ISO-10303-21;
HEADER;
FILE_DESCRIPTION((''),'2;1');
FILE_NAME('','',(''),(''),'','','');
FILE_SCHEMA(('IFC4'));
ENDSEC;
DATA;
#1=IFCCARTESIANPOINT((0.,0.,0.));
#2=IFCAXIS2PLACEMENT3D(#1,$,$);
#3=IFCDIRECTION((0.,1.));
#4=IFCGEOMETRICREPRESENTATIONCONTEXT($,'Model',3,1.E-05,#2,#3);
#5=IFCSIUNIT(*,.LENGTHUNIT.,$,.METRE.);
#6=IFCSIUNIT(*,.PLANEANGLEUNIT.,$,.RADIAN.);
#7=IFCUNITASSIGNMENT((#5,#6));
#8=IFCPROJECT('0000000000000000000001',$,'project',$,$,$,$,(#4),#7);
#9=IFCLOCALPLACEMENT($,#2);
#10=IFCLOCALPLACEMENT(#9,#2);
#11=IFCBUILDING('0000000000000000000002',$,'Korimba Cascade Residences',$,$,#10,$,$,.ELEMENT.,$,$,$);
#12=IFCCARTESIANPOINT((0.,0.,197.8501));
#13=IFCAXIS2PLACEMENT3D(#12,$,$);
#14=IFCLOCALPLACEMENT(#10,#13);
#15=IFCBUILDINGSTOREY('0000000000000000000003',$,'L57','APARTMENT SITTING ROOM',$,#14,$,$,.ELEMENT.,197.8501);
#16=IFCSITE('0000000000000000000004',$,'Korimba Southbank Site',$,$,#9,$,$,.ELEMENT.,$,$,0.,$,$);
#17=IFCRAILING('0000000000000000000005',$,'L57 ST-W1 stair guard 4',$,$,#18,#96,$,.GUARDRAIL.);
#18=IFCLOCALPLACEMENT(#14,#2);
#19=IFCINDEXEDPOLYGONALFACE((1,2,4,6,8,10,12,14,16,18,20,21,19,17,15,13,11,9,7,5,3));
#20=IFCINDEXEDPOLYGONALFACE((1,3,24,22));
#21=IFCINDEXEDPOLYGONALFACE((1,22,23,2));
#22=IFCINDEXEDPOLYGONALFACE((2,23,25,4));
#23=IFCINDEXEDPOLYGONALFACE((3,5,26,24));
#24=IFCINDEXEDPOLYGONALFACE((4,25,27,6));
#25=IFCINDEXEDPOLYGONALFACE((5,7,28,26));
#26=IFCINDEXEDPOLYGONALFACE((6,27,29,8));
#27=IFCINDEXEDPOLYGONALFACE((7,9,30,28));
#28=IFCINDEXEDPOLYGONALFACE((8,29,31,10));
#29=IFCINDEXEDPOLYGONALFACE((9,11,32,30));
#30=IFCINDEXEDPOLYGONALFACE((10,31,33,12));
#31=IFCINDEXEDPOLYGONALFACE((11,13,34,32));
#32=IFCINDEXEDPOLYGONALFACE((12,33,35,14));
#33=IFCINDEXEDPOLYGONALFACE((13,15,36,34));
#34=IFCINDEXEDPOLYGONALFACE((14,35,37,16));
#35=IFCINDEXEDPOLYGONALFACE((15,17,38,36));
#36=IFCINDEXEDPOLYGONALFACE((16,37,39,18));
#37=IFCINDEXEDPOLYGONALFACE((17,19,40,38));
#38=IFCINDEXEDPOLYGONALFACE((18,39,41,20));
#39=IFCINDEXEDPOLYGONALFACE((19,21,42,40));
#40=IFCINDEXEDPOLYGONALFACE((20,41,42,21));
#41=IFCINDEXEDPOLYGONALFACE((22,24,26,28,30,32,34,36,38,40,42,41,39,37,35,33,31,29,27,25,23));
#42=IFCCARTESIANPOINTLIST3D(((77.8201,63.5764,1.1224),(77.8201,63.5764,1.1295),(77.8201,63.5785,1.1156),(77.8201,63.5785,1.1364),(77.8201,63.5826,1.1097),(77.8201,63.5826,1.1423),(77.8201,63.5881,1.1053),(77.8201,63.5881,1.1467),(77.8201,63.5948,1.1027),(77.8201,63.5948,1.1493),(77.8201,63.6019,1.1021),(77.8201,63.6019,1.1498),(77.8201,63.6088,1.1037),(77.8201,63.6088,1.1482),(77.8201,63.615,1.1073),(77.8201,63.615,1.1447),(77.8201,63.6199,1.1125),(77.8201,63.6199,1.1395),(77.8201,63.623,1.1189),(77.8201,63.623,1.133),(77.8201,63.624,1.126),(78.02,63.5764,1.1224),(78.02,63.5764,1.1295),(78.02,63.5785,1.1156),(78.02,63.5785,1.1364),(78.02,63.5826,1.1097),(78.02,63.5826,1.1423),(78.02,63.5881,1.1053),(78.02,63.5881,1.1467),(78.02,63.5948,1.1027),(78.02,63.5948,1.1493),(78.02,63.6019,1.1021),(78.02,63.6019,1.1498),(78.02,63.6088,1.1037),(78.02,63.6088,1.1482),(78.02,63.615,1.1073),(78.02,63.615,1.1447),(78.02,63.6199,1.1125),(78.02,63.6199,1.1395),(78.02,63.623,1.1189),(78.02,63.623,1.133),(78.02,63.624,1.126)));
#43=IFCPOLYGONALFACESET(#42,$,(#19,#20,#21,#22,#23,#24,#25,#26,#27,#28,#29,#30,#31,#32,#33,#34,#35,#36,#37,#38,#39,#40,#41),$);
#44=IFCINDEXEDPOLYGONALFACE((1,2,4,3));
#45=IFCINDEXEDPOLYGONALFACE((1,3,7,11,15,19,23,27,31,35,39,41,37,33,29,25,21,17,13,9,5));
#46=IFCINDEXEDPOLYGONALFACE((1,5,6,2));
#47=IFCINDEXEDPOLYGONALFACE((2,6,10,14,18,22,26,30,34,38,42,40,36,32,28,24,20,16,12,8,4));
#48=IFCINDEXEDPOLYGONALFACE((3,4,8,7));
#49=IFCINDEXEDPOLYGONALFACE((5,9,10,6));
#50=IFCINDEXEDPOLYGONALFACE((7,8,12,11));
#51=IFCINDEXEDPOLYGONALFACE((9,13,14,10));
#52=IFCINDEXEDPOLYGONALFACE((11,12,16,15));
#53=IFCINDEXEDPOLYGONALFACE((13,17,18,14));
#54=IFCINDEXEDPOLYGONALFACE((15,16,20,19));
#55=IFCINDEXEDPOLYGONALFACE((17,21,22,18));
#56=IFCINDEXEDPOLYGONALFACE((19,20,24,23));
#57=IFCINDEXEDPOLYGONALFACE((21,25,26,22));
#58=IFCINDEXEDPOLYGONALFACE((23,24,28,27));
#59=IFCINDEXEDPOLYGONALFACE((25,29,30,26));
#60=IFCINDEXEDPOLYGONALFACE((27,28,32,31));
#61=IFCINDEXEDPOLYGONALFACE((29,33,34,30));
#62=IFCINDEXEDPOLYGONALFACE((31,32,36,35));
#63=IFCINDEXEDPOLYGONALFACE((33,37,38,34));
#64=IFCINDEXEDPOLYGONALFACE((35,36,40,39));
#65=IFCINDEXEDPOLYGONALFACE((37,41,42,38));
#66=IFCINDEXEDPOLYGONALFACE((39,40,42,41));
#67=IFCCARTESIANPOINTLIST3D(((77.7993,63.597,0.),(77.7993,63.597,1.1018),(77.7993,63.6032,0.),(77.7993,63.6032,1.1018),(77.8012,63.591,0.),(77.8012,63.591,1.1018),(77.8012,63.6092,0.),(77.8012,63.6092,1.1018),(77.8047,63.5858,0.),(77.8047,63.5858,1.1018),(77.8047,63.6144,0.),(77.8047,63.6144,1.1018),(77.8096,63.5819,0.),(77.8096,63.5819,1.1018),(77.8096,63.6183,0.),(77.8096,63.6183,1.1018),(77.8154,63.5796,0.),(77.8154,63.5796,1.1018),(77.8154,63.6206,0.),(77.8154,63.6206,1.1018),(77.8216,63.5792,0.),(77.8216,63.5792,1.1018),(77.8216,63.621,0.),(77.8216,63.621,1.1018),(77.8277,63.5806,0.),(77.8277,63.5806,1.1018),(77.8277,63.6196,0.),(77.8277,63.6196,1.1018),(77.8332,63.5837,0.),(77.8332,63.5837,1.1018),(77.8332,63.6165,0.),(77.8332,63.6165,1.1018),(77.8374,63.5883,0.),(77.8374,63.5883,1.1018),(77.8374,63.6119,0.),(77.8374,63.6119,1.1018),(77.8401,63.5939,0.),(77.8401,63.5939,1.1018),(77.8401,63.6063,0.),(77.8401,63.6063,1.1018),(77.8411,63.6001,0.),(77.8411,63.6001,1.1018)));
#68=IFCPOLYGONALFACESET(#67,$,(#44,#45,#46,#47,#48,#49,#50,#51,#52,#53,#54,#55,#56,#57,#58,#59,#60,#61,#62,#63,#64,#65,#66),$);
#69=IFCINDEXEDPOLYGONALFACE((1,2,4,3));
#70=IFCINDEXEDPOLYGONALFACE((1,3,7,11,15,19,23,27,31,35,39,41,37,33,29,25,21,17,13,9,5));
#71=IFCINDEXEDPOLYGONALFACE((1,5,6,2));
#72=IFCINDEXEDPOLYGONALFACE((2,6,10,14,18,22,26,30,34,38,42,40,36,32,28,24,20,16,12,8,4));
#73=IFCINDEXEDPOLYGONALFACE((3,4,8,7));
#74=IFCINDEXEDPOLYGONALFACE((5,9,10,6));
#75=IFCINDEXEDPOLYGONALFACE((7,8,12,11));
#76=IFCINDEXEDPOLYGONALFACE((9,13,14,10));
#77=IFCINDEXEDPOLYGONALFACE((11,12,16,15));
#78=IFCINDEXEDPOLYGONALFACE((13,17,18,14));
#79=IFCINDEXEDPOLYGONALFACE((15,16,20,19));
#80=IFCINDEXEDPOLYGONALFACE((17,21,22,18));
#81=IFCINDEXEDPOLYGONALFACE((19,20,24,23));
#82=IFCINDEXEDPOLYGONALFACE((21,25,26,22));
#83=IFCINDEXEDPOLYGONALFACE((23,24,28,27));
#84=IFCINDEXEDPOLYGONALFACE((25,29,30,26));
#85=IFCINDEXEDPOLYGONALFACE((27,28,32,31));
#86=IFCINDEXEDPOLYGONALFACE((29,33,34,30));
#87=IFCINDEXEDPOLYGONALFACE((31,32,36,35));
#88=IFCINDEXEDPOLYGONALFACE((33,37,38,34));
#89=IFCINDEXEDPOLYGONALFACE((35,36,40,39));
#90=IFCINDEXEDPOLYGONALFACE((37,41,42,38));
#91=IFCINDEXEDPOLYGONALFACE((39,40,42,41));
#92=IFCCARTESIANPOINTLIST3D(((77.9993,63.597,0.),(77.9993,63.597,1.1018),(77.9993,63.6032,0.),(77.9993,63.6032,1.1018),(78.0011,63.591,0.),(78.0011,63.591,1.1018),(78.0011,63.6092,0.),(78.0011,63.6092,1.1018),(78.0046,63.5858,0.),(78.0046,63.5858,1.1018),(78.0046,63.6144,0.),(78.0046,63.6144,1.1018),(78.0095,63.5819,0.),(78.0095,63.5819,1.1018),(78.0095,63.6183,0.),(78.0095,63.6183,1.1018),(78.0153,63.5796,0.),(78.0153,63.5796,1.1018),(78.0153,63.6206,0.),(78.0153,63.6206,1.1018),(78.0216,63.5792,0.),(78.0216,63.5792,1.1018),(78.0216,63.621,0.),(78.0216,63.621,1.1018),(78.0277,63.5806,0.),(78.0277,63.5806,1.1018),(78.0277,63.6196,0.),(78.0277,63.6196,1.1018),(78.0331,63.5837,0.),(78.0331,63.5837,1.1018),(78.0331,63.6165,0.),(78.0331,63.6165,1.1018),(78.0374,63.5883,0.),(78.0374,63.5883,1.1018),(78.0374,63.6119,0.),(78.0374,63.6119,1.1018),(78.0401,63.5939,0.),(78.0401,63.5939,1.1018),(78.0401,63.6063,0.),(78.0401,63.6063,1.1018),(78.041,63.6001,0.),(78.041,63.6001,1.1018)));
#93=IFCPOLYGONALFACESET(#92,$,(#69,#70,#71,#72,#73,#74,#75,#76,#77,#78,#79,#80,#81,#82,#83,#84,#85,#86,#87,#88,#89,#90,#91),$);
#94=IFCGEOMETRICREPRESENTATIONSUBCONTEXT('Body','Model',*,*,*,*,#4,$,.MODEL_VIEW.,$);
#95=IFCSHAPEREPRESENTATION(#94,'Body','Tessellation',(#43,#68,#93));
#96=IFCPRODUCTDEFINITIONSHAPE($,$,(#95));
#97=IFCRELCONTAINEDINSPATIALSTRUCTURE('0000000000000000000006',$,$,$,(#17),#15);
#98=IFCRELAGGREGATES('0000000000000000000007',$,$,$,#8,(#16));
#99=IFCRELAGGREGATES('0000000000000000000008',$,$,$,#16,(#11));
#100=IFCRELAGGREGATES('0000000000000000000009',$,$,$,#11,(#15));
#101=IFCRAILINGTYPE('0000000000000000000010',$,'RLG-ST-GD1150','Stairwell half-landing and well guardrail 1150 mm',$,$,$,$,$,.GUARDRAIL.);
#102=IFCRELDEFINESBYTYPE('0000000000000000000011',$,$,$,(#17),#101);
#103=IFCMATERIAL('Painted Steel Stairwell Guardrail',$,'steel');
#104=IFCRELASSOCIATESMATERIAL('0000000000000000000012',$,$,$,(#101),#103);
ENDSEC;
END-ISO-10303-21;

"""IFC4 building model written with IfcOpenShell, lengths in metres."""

from ifc_helpers import new_model, si_unit, direction, frame, origin, origin_2d, place, context, subcontext, project, spatial, circle, extrude, material, type_object, element, save


model = new_model("IFC4")

# Units and contexts
model_context = context("Model", 3, precision=1e-05, world=origin(), true_north=direction((0.0, 1.0)))
body_context = subcontext(model_context, "Body", "Model", "MODEL_VIEW")
ifc_project = project(units=[si_unit("LENGTHUNIT", "METRE"), si_unit("PLANEANGLEUNIT", "RADIAN")], contexts=[model_context])

# Site, building, storey
site_placement = place(None, origin())
site = spatial("IfcSite", under=ifc_project, at=site_placement, Name="Korimba Southbank Site", CompositionType="ELEMENT", RefElevation=0.0)
building_placement = place(site_placement, origin())
building = spatial("IfcBuilding", under=site, at=building_placement, Name="Korimba Cascade Residences", CompositionType="ELEMENT")
storey_placement = place(building_placement, frame((0.0, 0.0, 197.8501)))
storey = spatial("IfcBuildingStorey", under=building, at=storey_placement, Name="L57", Description="APARTMENT SITTING ROOM", CompositionType="ELEMENT", Elevation=197.8501)

# Railing
ifc_material_1 = material(Name="Painted Steel Stairwell Guardrail", Category="steel")
railing_type_1 = type_object("IfcRailingType", Name="RLG-ST-GD1150", Description="Stairwell half-landing and well guardrail 1150 mm", PredefinedType="GUARDRAIL", material=ifc_material_1)
railing_1_placement = place(storey_placement, frame((77.8201, 63.6001, 0.0)))
element("IfcRailing", 1, at=railing_1_placement, inside=storey, type_object=railing_type_1, Name="L57 ST-W1 stair guard 4", PredefinedType="GUARDRAIL", context=body_context, shape_type="SweptSolid", body=[
    extrude(circle(Radius=0.0239, at=origin_2d()), frame((0.0, 0.0, 1.126), z_axis=(1.0, 0.0, 0.0), x_axis=(0.0, 1.0, 0.0)), (0.0, 0.0, 1.0), 0.2),
    extrude(circle(Radius=0.021, at=origin_2d()), origin(), (0.0, 0.0, 1.0), 1.1018),
    extrude(circle(Radius=0.021, at=origin_2d()), frame((0.2, 0.0, 0.0)), (0.0, 0.0, 1.0), 1.1018),
])

save(model, "model.ifc")
